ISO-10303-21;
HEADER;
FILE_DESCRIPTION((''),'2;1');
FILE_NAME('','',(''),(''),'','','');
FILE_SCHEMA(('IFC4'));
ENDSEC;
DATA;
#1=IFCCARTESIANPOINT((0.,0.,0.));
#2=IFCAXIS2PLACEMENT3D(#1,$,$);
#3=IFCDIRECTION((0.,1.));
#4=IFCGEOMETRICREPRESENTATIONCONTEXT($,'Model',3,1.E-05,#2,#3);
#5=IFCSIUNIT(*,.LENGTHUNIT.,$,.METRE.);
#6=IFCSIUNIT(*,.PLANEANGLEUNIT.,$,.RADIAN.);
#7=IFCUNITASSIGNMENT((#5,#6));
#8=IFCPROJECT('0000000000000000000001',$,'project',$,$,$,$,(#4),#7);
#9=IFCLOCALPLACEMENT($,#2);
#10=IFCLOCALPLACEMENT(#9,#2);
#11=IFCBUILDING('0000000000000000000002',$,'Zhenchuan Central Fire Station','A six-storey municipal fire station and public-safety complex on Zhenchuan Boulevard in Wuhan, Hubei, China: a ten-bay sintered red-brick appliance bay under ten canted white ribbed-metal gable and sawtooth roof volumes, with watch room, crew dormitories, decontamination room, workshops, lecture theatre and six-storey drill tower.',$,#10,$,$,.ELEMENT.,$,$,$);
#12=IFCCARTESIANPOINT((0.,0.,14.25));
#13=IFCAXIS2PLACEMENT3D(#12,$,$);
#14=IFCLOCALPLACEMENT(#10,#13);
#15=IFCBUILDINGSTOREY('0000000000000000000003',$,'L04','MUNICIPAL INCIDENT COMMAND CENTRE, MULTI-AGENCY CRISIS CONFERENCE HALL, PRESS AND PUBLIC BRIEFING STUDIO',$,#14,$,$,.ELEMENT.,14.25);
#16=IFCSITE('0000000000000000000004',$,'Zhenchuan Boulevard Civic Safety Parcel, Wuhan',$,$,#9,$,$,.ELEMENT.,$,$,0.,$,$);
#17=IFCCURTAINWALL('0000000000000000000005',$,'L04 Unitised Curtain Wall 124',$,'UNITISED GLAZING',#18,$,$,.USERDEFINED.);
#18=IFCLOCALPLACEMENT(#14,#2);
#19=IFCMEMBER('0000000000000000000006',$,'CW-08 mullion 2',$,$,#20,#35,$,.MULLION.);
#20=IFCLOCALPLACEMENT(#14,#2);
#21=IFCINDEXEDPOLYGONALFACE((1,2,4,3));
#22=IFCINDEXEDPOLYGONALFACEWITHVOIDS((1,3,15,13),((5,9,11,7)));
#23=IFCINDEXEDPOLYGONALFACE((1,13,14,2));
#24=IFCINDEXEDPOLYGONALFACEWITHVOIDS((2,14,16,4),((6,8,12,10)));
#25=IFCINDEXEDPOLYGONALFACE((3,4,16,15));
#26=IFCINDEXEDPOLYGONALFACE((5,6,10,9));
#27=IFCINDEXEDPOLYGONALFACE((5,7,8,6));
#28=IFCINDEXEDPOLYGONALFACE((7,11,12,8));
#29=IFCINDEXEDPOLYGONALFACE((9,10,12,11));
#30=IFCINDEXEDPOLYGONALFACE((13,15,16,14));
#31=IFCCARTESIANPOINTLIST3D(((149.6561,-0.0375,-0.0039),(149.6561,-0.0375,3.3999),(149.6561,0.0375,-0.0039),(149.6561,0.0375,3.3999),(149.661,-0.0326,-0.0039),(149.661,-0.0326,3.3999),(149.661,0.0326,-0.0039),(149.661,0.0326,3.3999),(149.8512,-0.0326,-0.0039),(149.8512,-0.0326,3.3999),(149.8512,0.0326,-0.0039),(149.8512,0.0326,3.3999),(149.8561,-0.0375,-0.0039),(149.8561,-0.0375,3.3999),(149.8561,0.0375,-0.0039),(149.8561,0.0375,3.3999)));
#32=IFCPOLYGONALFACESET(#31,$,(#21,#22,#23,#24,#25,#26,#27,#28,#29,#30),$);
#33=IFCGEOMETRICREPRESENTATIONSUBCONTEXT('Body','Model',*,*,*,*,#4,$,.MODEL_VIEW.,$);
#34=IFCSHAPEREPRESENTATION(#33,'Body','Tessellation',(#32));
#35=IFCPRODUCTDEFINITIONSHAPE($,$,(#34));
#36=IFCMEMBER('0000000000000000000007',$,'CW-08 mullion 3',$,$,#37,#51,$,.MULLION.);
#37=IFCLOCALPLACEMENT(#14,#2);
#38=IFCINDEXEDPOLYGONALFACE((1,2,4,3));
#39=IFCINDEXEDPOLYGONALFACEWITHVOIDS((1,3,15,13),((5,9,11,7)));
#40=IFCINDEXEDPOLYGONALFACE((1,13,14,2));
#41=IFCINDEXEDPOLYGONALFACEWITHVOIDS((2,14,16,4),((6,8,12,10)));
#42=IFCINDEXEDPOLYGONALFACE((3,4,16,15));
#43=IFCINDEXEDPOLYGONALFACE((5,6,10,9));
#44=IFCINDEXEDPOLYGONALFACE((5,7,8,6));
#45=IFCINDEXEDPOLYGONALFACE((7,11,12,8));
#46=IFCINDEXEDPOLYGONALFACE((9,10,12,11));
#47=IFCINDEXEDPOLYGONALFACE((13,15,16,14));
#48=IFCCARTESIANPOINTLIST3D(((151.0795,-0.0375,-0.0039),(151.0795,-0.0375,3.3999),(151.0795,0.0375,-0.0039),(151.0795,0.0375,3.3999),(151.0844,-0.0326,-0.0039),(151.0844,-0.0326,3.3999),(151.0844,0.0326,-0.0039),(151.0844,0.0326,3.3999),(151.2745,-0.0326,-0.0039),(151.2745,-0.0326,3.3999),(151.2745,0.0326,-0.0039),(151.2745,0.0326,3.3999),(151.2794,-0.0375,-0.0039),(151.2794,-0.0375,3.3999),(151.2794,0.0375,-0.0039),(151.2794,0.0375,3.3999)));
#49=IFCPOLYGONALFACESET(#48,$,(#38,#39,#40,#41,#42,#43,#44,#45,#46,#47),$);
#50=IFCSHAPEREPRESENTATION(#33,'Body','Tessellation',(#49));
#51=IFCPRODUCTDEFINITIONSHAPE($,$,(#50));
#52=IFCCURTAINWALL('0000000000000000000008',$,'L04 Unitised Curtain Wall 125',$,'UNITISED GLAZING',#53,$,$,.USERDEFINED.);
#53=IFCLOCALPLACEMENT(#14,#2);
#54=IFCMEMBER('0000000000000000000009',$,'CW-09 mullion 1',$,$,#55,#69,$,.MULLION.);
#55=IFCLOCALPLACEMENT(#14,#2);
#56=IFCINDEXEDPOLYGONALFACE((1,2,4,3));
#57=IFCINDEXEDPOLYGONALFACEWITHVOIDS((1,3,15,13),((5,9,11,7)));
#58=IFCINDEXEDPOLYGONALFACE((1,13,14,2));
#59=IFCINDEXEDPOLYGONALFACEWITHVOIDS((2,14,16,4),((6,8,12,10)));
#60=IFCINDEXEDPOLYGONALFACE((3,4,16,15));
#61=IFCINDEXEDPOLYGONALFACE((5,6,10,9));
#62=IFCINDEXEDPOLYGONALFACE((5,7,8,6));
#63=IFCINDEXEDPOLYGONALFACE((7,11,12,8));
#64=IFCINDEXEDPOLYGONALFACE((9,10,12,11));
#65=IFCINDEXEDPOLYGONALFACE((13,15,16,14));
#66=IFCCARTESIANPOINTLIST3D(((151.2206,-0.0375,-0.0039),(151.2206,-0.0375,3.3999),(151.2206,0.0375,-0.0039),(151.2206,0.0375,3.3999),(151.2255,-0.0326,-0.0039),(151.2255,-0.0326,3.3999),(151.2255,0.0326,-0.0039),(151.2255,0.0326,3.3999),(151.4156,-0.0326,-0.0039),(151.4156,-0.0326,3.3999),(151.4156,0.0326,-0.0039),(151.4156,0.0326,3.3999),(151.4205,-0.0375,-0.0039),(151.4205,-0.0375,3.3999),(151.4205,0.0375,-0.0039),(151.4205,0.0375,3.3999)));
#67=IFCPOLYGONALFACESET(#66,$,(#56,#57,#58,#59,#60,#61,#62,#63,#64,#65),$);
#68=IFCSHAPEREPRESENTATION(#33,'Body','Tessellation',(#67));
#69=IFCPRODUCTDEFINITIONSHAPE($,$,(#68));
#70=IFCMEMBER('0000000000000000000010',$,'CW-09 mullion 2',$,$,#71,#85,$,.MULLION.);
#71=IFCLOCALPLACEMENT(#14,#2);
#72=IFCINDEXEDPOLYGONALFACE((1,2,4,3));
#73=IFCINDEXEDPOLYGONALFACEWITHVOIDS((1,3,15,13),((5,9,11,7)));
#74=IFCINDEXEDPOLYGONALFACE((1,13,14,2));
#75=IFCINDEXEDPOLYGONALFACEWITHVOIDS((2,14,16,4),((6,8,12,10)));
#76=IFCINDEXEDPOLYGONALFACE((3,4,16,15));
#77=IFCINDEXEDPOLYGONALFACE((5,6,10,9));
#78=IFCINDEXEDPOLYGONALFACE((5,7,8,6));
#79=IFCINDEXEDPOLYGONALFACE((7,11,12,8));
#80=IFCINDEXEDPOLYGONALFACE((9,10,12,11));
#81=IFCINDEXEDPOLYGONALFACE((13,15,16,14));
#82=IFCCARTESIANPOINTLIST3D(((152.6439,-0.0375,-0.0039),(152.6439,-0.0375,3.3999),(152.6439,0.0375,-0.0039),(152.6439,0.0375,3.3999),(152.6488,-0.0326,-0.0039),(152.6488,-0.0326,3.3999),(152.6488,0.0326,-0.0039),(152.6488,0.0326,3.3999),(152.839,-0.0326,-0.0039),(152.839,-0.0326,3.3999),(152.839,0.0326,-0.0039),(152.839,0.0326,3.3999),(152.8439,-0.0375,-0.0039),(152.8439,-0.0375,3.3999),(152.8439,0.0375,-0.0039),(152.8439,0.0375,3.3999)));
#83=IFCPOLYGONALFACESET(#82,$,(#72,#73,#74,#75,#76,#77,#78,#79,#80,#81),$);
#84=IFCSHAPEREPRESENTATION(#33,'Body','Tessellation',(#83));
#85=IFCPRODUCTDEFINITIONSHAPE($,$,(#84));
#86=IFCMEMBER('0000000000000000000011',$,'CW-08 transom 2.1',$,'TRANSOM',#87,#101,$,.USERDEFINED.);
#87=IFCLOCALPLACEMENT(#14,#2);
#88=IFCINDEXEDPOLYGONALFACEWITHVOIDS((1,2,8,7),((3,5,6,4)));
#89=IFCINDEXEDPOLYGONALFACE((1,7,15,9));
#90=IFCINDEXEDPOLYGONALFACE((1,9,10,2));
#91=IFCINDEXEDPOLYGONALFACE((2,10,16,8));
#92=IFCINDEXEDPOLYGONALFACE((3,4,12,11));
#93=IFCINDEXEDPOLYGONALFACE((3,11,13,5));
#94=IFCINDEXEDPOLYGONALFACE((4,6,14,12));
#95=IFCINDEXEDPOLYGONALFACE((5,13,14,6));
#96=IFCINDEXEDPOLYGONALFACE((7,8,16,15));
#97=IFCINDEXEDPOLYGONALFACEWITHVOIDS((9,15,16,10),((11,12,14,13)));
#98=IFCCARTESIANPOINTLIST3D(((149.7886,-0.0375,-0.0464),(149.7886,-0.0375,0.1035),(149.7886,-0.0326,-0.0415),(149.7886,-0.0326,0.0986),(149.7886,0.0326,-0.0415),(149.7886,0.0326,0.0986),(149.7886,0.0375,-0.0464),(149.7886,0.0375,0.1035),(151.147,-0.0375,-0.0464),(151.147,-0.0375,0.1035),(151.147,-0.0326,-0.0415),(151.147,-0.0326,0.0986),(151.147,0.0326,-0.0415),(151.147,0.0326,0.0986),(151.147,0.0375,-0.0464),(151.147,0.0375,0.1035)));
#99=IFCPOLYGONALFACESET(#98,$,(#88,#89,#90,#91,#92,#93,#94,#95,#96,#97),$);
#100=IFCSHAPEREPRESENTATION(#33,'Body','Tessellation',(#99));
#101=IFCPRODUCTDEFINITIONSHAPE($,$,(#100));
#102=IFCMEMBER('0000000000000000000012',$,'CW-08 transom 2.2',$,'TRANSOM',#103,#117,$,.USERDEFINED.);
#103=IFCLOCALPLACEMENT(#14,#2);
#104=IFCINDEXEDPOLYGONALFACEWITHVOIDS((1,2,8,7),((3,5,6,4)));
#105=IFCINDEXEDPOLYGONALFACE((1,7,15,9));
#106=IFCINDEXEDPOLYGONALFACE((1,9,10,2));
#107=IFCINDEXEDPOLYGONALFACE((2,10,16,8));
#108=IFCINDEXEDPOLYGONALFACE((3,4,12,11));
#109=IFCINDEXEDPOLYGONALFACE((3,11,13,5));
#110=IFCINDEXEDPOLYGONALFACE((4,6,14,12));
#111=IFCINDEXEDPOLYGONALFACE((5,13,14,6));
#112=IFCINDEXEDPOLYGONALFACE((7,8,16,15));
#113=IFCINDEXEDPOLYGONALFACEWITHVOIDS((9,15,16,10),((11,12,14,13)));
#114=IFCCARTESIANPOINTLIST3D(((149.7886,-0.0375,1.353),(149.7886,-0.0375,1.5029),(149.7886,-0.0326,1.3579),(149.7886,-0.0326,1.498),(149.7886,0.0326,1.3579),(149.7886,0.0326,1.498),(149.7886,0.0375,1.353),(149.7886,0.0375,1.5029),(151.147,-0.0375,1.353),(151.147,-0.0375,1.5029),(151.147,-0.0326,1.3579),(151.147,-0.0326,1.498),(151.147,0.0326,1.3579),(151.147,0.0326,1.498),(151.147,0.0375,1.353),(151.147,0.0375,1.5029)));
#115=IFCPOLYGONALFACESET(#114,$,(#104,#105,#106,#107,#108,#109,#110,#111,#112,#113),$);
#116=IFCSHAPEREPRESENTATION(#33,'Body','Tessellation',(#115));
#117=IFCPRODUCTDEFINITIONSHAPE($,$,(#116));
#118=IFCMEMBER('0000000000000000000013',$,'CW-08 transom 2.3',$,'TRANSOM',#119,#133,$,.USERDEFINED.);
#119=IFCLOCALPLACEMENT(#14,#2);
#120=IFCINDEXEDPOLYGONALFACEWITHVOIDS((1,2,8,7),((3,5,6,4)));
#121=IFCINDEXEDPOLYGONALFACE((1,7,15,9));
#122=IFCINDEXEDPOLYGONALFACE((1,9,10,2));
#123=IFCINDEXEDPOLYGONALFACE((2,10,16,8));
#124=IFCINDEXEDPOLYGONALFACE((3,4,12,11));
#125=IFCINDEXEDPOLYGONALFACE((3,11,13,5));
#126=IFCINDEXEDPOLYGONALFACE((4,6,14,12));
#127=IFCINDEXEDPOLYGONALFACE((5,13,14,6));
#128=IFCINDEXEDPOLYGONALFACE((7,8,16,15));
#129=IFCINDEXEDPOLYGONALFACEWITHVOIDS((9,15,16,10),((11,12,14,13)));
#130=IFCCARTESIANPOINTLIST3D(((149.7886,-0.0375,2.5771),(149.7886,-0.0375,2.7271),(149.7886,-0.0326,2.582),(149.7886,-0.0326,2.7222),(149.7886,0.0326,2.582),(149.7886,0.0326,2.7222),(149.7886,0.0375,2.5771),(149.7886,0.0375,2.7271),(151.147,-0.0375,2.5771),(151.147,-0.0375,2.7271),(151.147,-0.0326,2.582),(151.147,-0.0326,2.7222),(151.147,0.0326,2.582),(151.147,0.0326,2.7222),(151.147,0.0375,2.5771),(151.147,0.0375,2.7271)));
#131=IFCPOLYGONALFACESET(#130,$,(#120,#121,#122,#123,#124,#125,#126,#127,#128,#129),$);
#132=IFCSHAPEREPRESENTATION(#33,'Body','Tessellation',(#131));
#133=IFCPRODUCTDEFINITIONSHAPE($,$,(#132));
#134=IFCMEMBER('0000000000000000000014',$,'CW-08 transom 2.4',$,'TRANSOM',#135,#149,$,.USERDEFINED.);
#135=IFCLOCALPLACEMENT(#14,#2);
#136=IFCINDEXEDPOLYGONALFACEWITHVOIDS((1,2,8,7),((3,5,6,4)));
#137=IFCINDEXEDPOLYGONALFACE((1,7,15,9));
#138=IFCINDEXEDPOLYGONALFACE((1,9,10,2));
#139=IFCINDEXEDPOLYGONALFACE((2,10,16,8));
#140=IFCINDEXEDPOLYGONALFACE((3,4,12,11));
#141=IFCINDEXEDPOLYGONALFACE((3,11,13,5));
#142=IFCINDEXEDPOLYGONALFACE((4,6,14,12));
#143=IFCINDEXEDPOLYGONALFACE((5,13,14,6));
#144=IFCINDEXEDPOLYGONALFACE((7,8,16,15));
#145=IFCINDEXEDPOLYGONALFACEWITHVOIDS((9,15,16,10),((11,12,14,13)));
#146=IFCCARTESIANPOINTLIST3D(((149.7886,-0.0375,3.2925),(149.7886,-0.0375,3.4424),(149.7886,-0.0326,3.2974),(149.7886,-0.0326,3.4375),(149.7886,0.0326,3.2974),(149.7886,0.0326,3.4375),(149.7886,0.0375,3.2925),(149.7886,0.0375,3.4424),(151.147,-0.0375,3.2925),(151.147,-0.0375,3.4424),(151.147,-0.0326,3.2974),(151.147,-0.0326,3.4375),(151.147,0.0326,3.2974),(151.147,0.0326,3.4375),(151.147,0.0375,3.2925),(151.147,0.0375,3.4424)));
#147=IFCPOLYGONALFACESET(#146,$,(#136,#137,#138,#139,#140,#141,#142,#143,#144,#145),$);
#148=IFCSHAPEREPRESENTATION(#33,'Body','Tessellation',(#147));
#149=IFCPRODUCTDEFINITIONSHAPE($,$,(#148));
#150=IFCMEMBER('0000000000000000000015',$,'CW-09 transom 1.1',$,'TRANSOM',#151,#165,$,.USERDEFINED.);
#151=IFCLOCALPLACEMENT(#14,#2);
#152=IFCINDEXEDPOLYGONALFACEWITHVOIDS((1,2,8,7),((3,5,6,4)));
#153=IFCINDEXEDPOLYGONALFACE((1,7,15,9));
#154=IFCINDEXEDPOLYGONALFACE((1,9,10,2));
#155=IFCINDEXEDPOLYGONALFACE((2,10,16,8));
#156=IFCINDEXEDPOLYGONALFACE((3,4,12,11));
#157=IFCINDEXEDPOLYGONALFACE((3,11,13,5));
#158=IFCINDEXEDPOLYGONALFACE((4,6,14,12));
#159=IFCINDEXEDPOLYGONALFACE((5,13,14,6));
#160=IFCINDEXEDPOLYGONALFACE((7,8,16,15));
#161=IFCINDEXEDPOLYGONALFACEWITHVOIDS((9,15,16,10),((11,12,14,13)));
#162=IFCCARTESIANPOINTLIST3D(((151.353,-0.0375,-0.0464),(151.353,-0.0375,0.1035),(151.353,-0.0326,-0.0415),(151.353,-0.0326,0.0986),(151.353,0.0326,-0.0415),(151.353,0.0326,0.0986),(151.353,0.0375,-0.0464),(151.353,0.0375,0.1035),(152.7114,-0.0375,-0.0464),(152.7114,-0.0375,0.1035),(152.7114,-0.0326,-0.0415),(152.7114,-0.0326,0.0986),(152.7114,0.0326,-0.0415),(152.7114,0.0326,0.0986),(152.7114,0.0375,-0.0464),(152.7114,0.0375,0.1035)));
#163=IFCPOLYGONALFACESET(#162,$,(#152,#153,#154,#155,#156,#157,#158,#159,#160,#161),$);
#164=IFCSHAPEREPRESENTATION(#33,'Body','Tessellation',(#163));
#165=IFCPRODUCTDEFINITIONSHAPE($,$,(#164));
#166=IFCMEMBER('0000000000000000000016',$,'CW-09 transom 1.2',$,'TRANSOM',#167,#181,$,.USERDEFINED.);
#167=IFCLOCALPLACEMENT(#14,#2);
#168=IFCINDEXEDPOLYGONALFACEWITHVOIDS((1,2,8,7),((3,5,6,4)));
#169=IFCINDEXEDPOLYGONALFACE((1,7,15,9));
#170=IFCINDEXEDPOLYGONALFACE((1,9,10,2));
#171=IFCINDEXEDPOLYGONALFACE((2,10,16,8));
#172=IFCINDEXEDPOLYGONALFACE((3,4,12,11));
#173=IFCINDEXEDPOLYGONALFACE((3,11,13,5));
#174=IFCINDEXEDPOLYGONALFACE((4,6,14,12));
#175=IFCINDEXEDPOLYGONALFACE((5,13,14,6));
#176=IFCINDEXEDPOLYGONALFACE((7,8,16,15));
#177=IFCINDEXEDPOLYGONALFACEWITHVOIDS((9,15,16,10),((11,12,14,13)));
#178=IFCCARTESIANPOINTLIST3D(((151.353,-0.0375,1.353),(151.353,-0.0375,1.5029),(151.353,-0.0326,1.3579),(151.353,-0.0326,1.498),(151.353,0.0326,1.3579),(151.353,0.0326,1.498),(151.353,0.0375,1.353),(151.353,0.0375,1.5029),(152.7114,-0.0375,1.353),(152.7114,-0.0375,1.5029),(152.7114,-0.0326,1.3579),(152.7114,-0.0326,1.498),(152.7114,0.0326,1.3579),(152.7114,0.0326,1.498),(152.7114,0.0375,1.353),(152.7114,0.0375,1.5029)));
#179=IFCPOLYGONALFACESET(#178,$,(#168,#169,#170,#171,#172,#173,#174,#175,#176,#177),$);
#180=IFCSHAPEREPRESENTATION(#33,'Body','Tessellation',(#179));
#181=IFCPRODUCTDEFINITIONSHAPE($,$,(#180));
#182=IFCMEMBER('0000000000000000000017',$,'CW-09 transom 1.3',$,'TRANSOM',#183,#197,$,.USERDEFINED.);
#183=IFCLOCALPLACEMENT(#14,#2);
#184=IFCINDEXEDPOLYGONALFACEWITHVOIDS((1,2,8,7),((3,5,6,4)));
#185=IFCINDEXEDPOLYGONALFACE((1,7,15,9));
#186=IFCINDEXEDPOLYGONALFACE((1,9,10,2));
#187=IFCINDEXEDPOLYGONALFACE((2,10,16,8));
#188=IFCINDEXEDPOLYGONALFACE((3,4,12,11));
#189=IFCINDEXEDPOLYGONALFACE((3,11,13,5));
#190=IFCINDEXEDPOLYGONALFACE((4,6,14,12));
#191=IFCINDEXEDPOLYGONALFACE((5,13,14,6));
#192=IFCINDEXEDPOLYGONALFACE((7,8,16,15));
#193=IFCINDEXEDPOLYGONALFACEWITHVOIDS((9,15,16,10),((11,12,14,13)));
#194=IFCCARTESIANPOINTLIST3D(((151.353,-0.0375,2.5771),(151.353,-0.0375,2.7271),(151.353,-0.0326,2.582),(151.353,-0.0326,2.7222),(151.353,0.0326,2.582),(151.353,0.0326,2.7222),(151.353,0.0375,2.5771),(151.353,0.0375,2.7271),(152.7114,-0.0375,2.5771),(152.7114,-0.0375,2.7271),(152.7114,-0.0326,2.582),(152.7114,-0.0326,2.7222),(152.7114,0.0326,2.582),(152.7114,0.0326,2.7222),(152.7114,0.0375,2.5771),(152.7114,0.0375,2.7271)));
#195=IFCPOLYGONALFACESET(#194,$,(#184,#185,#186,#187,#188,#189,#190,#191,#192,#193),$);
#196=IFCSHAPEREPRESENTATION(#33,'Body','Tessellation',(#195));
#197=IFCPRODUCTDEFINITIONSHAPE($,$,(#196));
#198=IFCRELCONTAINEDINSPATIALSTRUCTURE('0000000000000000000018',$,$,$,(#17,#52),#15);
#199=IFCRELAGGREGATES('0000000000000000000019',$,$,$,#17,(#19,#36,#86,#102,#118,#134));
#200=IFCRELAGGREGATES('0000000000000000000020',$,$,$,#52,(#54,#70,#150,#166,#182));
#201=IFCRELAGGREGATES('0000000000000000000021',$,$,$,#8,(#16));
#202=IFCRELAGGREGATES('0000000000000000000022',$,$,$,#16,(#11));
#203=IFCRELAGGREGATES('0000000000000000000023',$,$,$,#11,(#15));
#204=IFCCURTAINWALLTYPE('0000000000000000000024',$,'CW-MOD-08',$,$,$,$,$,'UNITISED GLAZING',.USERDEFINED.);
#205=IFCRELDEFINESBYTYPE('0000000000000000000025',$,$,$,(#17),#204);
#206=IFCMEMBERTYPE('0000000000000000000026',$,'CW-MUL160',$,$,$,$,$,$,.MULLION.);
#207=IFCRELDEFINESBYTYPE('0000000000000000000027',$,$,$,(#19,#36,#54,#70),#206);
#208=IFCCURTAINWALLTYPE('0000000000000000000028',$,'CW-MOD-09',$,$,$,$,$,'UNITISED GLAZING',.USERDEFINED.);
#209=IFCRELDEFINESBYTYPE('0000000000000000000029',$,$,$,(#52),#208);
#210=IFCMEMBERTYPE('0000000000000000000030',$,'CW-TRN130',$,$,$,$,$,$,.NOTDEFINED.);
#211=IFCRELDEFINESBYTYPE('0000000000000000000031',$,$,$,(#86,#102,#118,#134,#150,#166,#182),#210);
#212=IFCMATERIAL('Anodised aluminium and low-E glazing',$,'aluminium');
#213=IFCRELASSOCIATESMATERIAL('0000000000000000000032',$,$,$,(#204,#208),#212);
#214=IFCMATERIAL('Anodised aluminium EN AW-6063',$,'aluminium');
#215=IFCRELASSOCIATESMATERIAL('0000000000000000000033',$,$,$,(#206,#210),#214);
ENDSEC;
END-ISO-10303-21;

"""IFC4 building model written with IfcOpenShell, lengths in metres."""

from ifc_helpers import new_model, si_unit, direction, frame, origin, origin_2d, place, context, subcontext, project, spatial, hollow_rectangle, extrude, material, material_profile, profile_set, type_object, element, aggregate, save


model = new_model("IFC4")

# Units and contexts
model_context = context("Model", 3, precision=1e-05, world=origin(), true_north=direction((0.0, 1.0)))
body_context = subcontext(model_context, "Body", "Model", "MODEL_VIEW")
ifc_project = project(units=[si_unit("LENGTHUNIT", "METRE"), si_unit("PLANEANGLEUNIT", "RADIAN")], contexts=[model_context])

# Site, building, storey
site_placement = place(None, origin())
site = spatial("IfcSite", under=ifc_project, at=site_placement, Name="Zhenchuan Boulevard Civic Safety Parcel, Wuhan", CompositionType="ELEMENT", RefElevation=0.0)
building_placement = place(site_placement, origin())
building = spatial("IfcBuilding", under=site, at=building_placement, Name="Zhenchuan Central Fire Station", Description="A six-storey municipal fire station and public-safety complex on Zhenchuan Boulevard in Wuhan, Hubei, China: a ten-bay sintered red-brick appliance bay under ten canted white ribbed-metal gable and sawtooth roof volumes, with watch room, crew dormitories, decontamination room, workshops, lecture theatre and six-storey drill tower.", CompositionType="ELEMENT")
storey_placement = place(building_placement, frame((0.0, 0.0, 14.25)))
storey = spatial("IfcBuildingStorey", under=building, at=storey_placement, Name="L04", Description="MUNICIPAL INCIDENT COMMAND CENTRE, MULTI-AGENCY CRISIS CONFERENCE HALL, PRESS AND PUBLIC BRIEFING STUDIO", CompositionType="ELEMENT", Elevation=14.25)

# Curtain walls, members
ifc_material_1 = material(Name="Anodised aluminium and low-E glazing", Category="aluminium")
curtain_wall_type_1 = type_object("IfcCurtainWallType", Name="CW-MOD-08", ElementType="UNITISED GLAZING", PredefinedType="USERDEFINED", material=ifc_material_1)
curtain_wall_1_placement = place(storey_placement, origin())
curtain_wall_1 = element("IfcCurtainWall", 1, at=curtain_wall_1_placement, inside=storey, type_object=curtain_wall_type_1, Name="L04 Unitised Curtain Wall 124", ObjectType="UNITISED GLAZING", PredefinedType="USERDEFINED")
ifc_material_2 = material(Name="Anodised aluminium EN AW-6063", Category="aluminium")
ifc_material_profile_1 = material_profile(ifc_material_2, hollow_rectangle(XDim=0.075, YDim=0.2, WallThickness=0.0049, at=origin_2d()), Name="ALU-M 200x75")
ifc_profile_set_1 = profile_set([ifc_material_profile_1], Name="Anodised aluminium EN AW-6063")
member_type_1 = type_object("IfcMemberType", Name="CW-MUL160", PredefinedType="MULLION", material=ifc_profile_set_1)
member_1_placement = place(storey_placement, frame((149.7561, 0.0, -0.0039), z_axis=(0.0, 0.0, 1.0), x_axis=(0.0, 1.0, 0.0)))
member_1 = element("IfcMember", 2, at=member_1_placement, type_object=member_type_1, Name="CW-08 mullion 2", PredefinedType="MULLION", context=body_context, shape_type="SweptSolid", body=[
    extrude(hollow_rectangle(XDim=0.075, YDim=0.2, WallThickness=0.0049, at=origin_2d()), origin(), (0.0, 0.0, 1.0), 3.4038),
])
member_2_placement = place(storey_placement, frame((151.1794, 0.0, -0.0039), z_axis=(0.0, 0.0, 1.0), x_axis=(0.0, 1.0, 0.0)))
member_2 = element("IfcMember", 3, at=member_2_placement, type_object=member_type_1, Name="CW-08 mullion 3", PredefinedType="MULLION", context=body_context, shape_type="SweptSolid", body=[
    extrude(hollow_rectangle(XDim=0.075, YDim=0.2, WallThickness=0.0049, at=origin_2d()), origin(), (0.0, 0.0, 1.0), 3.4038),
])
curtain_wall_type_2 = type_object("IfcCurtainWallType", Name="CW-MOD-09", ElementType="UNITISED GLAZING", PredefinedType="USERDEFINED", material=ifc_material_1)
curtain_wall_2_placement = place(storey_placement, origin())
curtain_wall_2 = element("IfcCurtainWall", 4, at=curtain_wall_2_placement, inside=storey, type_object=curtain_wall_type_2, Name="L04 Unitised Curtain Wall 125", ObjectType="UNITISED GLAZING", PredefinedType="USERDEFINED")
member_3_placement = place(storey_placement, frame((151.3206, 0.0, -0.0039), z_axis=(0.0, 0.0, 1.0), x_axis=(0.0, 1.0, 0.0)))
member_3 = element("IfcMember", 5, at=member_3_placement, type_object=member_type_1, Name="CW-09 mullion 1", PredefinedType="MULLION", context=body_context, shape_type="SweptSolid", body=[
    extrude(hollow_rectangle(XDim=0.075, YDim=0.2, WallThickness=0.0049, at=origin_2d()), origin(), (0.0, 0.0, 1.0), 3.4038),
])
member_4_placement = place(storey_placement, frame((152.7439, 0.0, -0.0039), z_axis=(0.0, 0.0, 1.0), x_axis=(0.0, 1.0, 0.0)))
member_4 = element("IfcMember", 6, at=member_4_placement, type_object=member_type_1, Name="CW-09 mullion 2", PredefinedType="MULLION", context=body_context, shape_type="SweptSolid", body=[
    extrude(hollow_rectangle(XDim=0.075, YDim=0.2, WallThickness=0.0049, at=origin_2d()), origin(), (0.0, 0.0, 1.0), 3.4038),
])

# Members
ifc_material_profile_2 = material_profile(ifc_material_2, hollow_rectangle(XDim=0.075, YDim=0.1499, WallThickness=0.0049, at=origin_2d()), Name="ALU-T 150x75")
ifc_profile_set_2 = profile_set([ifc_material_profile_2], Name="Anodised aluminium EN AW-6063")
member_type_2 = type_object("IfcMemberType", Name="CW-TRN130", PredefinedType="NOTDEFINED", material=ifc_profile_set_2)
member_5_placement = place(storey_placement, frame((149.7886, 0.0, 0.0286), z_axis=(1.0, 0.0, 0.0), x_axis=(0.0, 1.0, 0.0)))
member_5 = element("IfcMember", 7, at=member_5_placement, type_object=member_type_2, Name="CW-08 transom 2.1", ObjectType="TRANSOM", PredefinedType="USERDEFINED", context=body_context, shape_type="SweptSolid", body=[
    extrude(hollow_rectangle(XDim=0.075, YDim=0.1499, WallThickness=0.0049, at=origin_2d()), origin(), (0.0, 0.0, 1.0), 1.3584),
])
member_6_placement = place(storey_placement, frame((149.7886, 0.0, 1.428), z_axis=(1.0, 0.0, 0.0), x_axis=(0.0, 1.0, 0.0)))
member_6 = element("IfcMember", 8, at=member_6_placement, type_object=member_type_2, Name="CW-08 transom 2.2", ObjectType="TRANSOM", PredefinedType="USERDEFINED", context=body_context, shape_type="SweptSolid", body=[
    extrude(hollow_rectangle(XDim=0.075, YDim=0.1499, WallThickness=0.0049, at=origin_2d()), origin(), (0.0, 0.0, 1.0), 1.3584),
])
member_7_placement = place(storey_placement, frame((149.7886, 0.0, 2.6521), z_axis=(1.0, 0.0, 0.0), x_axis=(0.0, 1.0, 0.0)))
member_7 = element("IfcMember", 9, at=member_7_placement, type_object=member_type_2, Name="CW-08 transom 2.3", ObjectType="TRANSOM", PredefinedType="USERDEFINED", context=body_context, shape_type="SweptSolid", body=[
    extrude(hollow_rectangle(XDim=0.075, YDim=0.1499, WallThickness=0.0049, at=origin_2d()), origin(), (0.0, 0.0, 1.0), 1.3584),
])
member_8_placement = place(storey_placement, frame((149.7886, 0.0, 3.3674), z_axis=(1.0, 0.0, 0.0), x_axis=(0.0, 1.0, 0.0)))
member_8 = element("IfcMember", 10, at=member_8_placement, type_object=member_type_2, Name="CW-08 transom 2.4", ObjectType="TRANSOM", PredefinedType="USERDEFINED", context=body_context, shape_type="SweptSolid", body=[
    extrude(hollow_rectangle(XDim=0.075, YDim=0.1499, WallThickness=0.0049, at=origin_2d()), origin(), (0.0, 0.0, 1.0), 1.3584),
])
member_9_placement = place(storey_placement, frame((151.353, 0.0, 0.0286), z_axis=(1.0, 0.0, 0.0), x_axis=(0.0, 1.0, 0.0)))
member_9 = element("IfcMember", 11, at=member_9_placement, type_object=member_type_2, Name="CW-09 transom 1.1", ObjectType="TRANSOM", PredefinedType="USERDEFINED", context=body_context, shape_type="SweptSolid", body=[
    extrude(hollow_rectangle(XDim=0.075, YDim=0.1499, WallThickness=0.0049, at=origin_2d()), origin(), (0.0, 0.0, 1.0), 1.3584),
])
member_10_placement = place(storey_placement, frame((151.353, 0.0, 1.428), z_axis=(1.0, 0.0, 0.0), x_axis=(0.0, 1.0, 0.0)))
member_10 = element("IfcMember", 12, at=member_10_placement, type_object=member_type_2, Name="CW-09 transom 1.2", ObjectType="TRANSOM", PredefinedType="USERDEFINED", context=body_context, shape_type="SweptSolid", body=[
    extrude(hollow_rectangle(XDim=0.075, YDim=0.1499, WallThickness=0.0049, at=origin_2d()), origin(), (0.0, 0.0, 1.0), 1.3584),
])
member_11_placement = place(storey_placement, frame((151.353, 0.0, 2.6521), z_axis=(1.0, 0.0, 0.0), x_axis=(0.0, 1.0, 0.0)))
member_11 = element("IfcMember", 13, at=member_11_placement, type_object=member_type_2, Name="CW-09 transom 1.3", ObjectType="TRANSOM", PredefinedType="USERDEFINED", context=body_context, shape_type="SweptSolid", body=[
    extrude(hollow_rectangle(XDim=0.075, YDim=0.1499, WallThickness=0.0049, at=origin_2d()), origin(), (0.0, 0.0, 1.0), 1.3584),
])

aggregate(curtain_wall_1, [member_1, member_2, member_5, member_6, member_7, member_8])
aggregate(curtain_wall_2, [member_3, member_4, member_9, member_10, member_11])

save(model, "model.ifc")
